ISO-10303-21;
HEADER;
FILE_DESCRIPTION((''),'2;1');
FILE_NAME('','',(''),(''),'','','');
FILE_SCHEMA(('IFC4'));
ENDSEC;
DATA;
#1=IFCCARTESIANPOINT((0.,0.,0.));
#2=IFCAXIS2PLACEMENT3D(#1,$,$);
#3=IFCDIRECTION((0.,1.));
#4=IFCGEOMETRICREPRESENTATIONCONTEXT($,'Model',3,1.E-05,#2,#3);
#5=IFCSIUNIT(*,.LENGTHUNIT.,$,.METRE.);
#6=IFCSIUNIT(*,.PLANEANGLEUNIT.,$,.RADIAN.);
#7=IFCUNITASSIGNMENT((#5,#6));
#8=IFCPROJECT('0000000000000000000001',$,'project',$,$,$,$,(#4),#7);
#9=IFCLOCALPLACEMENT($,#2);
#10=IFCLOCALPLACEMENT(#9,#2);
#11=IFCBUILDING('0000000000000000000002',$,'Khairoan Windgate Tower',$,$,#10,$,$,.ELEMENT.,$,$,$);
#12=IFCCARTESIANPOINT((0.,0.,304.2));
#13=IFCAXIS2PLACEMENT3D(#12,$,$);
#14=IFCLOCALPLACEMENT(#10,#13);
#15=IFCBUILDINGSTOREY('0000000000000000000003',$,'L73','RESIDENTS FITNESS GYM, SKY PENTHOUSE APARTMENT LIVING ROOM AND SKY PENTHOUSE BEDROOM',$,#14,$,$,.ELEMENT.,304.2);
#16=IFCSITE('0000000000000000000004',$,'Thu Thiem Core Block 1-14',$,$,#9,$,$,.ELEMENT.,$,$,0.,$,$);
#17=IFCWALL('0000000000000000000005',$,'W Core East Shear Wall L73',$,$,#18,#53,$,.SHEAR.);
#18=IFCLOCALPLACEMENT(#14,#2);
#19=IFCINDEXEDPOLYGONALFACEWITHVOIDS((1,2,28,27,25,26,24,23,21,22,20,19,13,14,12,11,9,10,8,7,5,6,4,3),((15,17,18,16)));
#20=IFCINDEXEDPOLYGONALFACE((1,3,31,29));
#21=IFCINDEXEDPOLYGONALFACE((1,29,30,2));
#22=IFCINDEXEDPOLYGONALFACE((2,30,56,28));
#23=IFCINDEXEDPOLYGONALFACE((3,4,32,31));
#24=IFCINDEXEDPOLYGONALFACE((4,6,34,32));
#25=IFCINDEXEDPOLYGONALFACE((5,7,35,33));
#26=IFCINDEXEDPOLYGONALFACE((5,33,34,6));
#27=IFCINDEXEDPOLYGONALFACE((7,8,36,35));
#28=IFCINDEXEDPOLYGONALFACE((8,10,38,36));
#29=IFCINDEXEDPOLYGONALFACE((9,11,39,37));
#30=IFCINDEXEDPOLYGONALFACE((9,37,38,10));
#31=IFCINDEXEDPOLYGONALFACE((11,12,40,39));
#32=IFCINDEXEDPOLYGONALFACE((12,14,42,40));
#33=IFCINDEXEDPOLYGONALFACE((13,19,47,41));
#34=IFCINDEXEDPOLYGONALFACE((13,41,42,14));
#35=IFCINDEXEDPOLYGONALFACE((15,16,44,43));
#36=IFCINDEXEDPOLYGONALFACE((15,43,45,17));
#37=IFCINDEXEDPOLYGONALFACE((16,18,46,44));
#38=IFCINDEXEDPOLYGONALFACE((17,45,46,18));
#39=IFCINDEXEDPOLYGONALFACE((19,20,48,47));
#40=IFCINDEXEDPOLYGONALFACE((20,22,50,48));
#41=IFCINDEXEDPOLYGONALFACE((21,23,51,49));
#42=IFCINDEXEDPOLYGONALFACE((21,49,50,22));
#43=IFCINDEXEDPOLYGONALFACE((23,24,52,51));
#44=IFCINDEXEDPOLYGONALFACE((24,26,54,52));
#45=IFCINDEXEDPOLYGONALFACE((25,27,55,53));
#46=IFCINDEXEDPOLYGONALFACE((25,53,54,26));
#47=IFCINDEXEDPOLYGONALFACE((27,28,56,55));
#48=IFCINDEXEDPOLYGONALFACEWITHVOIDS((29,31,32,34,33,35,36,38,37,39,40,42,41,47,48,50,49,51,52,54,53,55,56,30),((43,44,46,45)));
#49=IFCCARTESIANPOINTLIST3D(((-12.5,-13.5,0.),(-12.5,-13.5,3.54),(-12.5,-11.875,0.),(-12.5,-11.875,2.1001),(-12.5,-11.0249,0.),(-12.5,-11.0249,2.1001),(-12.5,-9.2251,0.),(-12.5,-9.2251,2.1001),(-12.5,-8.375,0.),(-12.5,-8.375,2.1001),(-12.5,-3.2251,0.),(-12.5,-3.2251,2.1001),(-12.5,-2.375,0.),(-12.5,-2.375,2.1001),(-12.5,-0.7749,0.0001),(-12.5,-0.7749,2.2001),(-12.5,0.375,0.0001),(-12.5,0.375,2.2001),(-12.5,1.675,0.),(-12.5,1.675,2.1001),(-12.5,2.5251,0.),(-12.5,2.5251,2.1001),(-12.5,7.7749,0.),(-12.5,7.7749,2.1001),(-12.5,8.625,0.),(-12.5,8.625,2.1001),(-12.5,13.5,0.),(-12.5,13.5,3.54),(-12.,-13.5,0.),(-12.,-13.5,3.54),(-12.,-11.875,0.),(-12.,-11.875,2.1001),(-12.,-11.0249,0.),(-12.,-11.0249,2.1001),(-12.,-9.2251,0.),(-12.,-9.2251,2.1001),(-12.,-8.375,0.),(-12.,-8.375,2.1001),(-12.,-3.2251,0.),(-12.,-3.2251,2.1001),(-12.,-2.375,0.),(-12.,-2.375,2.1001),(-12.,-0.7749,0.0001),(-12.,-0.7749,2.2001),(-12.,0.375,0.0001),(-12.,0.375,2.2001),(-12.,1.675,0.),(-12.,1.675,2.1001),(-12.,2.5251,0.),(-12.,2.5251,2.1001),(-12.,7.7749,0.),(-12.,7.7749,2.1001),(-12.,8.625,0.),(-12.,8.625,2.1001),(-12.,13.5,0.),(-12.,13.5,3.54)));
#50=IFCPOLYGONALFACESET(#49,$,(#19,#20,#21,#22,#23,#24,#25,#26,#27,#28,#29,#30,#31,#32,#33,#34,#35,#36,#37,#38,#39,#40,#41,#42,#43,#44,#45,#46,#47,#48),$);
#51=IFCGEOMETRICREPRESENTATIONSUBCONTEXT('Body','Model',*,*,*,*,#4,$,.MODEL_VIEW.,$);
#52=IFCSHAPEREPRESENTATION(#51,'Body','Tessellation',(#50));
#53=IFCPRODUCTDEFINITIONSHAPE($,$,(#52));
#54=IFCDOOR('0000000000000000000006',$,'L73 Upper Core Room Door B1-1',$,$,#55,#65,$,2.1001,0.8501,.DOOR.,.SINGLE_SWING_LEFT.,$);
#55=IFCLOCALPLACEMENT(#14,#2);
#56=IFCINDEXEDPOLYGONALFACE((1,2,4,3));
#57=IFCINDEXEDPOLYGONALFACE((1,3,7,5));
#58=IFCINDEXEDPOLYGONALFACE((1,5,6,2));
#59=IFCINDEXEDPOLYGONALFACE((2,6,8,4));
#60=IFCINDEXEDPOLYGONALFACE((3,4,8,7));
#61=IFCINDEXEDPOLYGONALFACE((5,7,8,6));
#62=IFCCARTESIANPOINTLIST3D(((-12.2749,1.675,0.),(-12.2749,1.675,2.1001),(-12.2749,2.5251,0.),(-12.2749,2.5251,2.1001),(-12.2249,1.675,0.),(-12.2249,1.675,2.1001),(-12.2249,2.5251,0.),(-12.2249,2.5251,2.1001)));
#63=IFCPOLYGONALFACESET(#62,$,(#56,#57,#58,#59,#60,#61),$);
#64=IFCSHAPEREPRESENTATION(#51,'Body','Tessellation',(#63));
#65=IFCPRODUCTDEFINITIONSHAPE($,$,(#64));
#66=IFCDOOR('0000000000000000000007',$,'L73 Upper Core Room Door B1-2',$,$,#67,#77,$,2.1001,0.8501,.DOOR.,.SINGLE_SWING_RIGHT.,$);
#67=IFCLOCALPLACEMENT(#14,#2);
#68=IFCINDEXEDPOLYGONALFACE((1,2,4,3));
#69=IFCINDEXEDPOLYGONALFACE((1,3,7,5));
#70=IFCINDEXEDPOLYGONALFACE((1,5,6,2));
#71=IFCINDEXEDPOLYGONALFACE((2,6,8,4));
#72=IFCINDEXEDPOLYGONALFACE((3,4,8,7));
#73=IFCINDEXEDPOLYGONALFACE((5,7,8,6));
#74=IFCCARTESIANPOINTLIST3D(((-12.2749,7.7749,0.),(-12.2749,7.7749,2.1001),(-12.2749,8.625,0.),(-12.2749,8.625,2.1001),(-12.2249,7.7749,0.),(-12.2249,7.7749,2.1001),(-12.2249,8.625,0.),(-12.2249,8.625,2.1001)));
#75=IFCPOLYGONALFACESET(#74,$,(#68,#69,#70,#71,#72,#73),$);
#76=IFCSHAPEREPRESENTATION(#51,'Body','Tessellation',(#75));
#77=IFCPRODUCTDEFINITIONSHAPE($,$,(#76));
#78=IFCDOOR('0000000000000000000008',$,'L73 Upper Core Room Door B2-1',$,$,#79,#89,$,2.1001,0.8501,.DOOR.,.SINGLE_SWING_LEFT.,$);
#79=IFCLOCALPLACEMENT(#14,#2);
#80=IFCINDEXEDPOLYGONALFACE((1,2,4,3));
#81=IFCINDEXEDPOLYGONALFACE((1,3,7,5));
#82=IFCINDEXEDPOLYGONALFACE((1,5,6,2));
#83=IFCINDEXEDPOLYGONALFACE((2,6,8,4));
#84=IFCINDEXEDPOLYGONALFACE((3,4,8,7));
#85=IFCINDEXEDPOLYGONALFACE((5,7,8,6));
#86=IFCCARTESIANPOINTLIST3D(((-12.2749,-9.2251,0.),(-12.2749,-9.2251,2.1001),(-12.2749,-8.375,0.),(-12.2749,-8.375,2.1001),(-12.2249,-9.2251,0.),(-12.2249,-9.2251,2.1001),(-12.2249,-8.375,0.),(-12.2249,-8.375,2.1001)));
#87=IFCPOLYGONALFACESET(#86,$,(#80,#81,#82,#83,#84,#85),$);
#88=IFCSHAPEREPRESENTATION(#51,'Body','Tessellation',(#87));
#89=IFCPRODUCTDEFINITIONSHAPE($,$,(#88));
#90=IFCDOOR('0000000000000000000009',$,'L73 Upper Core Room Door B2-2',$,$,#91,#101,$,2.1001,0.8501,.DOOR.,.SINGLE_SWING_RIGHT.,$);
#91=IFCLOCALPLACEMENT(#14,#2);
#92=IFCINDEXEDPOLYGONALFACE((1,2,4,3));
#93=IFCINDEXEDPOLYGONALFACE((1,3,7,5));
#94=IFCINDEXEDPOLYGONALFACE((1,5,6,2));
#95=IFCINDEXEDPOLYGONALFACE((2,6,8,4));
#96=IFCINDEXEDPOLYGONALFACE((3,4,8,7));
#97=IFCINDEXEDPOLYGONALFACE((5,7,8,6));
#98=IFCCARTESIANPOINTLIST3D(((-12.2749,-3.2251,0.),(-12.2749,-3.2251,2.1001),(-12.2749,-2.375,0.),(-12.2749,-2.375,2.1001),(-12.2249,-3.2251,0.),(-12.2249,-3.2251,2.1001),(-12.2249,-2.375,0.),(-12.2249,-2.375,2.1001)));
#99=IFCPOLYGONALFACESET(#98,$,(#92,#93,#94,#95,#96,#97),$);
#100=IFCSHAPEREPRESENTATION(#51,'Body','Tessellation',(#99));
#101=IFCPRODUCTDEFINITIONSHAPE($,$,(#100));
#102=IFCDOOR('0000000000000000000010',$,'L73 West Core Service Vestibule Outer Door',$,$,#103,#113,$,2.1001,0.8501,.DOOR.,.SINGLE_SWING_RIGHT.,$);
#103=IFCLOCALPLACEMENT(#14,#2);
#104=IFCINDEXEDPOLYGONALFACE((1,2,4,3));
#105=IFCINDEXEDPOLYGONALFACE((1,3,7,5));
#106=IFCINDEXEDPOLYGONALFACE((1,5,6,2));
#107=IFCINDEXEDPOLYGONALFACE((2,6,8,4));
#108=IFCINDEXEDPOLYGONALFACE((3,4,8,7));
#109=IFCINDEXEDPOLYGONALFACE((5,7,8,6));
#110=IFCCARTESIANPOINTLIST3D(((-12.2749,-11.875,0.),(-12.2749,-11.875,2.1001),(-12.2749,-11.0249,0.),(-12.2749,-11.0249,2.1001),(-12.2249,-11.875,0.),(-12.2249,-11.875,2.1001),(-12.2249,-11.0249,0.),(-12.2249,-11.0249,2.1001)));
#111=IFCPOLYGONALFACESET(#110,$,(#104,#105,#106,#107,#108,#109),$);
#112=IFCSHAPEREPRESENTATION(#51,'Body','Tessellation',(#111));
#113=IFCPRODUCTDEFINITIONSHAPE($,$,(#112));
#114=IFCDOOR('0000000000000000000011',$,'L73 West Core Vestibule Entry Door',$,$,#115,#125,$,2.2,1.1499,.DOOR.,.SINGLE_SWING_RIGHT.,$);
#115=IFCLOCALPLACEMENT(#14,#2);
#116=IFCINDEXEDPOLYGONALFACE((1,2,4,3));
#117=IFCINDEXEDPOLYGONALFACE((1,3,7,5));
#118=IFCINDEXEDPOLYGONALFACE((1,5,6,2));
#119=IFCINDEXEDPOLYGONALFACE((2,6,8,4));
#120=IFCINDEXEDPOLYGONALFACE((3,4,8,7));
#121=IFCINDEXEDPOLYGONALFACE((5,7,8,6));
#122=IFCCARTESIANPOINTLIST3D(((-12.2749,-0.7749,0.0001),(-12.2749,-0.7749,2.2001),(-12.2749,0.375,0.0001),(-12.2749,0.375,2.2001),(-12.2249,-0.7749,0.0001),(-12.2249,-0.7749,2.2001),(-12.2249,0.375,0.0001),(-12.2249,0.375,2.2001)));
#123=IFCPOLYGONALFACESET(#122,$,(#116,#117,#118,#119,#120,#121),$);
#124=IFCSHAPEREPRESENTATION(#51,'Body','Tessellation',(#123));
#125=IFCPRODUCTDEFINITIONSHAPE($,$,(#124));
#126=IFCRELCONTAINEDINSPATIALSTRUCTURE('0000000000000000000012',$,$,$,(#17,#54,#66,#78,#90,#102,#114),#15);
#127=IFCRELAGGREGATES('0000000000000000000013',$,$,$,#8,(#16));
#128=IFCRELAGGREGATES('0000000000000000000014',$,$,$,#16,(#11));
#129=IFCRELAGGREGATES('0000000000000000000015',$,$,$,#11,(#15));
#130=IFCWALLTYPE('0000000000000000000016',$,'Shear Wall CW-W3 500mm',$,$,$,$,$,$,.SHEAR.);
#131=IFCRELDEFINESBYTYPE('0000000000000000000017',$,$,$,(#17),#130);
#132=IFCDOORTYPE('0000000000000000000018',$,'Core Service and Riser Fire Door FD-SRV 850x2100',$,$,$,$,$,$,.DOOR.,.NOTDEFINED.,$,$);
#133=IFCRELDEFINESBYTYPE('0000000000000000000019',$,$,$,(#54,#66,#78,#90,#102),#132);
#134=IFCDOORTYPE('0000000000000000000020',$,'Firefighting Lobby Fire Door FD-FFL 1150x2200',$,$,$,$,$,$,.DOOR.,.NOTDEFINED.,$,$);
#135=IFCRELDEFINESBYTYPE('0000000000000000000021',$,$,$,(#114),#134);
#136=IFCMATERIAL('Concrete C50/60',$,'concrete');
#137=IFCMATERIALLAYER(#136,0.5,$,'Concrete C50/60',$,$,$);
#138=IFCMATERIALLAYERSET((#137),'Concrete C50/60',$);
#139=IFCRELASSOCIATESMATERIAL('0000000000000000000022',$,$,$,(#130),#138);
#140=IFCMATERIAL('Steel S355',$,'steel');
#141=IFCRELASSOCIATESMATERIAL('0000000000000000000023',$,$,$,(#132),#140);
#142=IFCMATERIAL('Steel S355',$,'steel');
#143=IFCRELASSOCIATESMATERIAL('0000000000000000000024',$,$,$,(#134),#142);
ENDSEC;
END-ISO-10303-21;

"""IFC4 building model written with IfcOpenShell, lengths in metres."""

from ifc_helpers import new_model, si_unit, direction, frame, frame_2d, origin, place, context, subcontext, project, spatial, rectangle, extrude, material, layer, layer_set, type_object, element, fill, save


model = new_model("IFC4")

# Units and contexts
model_context = context("Model", 3, precision=1e-05, world=origin(), true_north=direction((0.0, 1.0)))
body_context = subcontext(model_context, "Body", "Model", "MODEL_VIEW")
ifc_project = project(units=[si_unit("LENGTHUNIT", "METRE"), si_unit("PLANEANGLEUNIT", "RADIAN")], contexts=[model_context])

# Site, building, storey
site_placement = place(None, origin())
site = spatial("IfcSite", under=ifc_project, at=site_placement, Name="Thu Thiem Core Block 1-14", CompositionType="ELEMENT", RefElevation=0.0)
building_placement = place(site_placement, origin())
building = spatial("IfcBuilding", under=site, at=building_placement, Name="Khairoan Windgate Tower", CompositionType="ELEMENT")
storey_placement = place(building_placement, frame((0.0, 0.0, 304.2)))
storey = spatial("IfcBuildingStorey", under=building, at=storey_placement, Name="L73", Description="RESIDENTS FITNESS GYM, SKY PENTHOUSE APARTMENT LIVING ROOM AND SKY PENTHOUSE BEDROOM", CompositionType="ELEMENT", Elevation=304.2)

# Wall, openings, doors
ifc_material_1 = material(Name="Concrete C50/60", Category="concrete")
ifc_layer_1 = layer(ifc_material_1, 0.5, Name="Concrete C50/60")
ifc_layer_set_1 = layer_set([ifc_layer_1], Name="Concrete C50/60")
wall_type_1 = type_object("IfcWallType", Name="Shear Wall CW-W3 500mm", PredefinedType="SHEAR", material=ifc_layer_set_1)
wall_1_placement = place(storey_placement, frame((-12.25, -13.5, 0.0), z_axis=(0.0, 0.0, 1.0), x_axis=(0.0, 1.0, 0.0)))
wall_1 = element("IfcWall", 1, at=wall_1_placement, inside=storey, type_object=wall_type_1, Name="W Core East Shear Wall L73", PredefinedType="SHEAR", context=body_context, shape_type="SweptSolid", body=[
    extrude(rectangle(XDim=27.0, YDim=0.5, at=frame_2d((13.5, 0.0))), origin(), (0.0, 0.0, 1.0), 3.54),
])
opening_1_placement = place(wall_1_placement, frame((15.175, 0.0, 0.0)))
opening_1 = element("IfcOpeningElement", 2, at=opening_1_placement, cuts=wall_1, PredefinedType="OPENING", context=body_context, shape_type="SweptSolid", body=[
    extrude(rectangle(XDim=0.8501, YDim=2.1001, at=frame_2d((0.425, 1.05))), frame((0.0, 0.26, 0.0), z_axis=(0.0, -1.0, 0.0), x_axis=(1.0, 0.0, 0.0)), (0.0, 0.0, 1.0), 0.52),
])
opening_2_placement = place(wall_1_placement, frame((21.2749, 0.0, 0.0)))
opening_2 = element("IfcOpeningElement", 3, at=opening_2_placement, cuts=wall_1, PredefinedType="OPENING", context=body_context, shape_type="SweptSolid", body=[
    extrude(rectangle(XDim=0.8501, YDim=2.1001, at=frame_2d((0.425, 1.05))), frame((0.0, 0.26, 0.0), z_axis=(0.0, -1.0, 0.0), x_axis=(1.0, 0.0, 0.0)), (0.0, 0.0, 1.0), 0.52),
])
opening_3_placement = place(wall_1_placement, frame((4.2749, 0.0, 0.0)))
opening_3 = element("IfcOpeningElement", 4, at=opening_3_placement, cuts=wall_1, PredefinedType="OPENING", context=body_context, shape_type="SweptSolid", body=[
    extrude(rectangle(XDim=0.8501, YDim=2.1001, at=frame_2d((0.425, 1.05))), frame((0.0, 0.26, 0.0), z_axis=(0.0, -1.0, 0.0), x_axis=(1.0, 0.0, 0.0)), (0.0, 0.0, 1.0), 0.52),
])
opening_4_placement = place(wall_1_placement, frame((10.2749, 0.0, 0.0)))
opening_4 = element("IfcOpeningElement", 5, at=opening_4_placement, cuts=wall_1, PredefinedType="OPENING", context=body_context, shape_type="SweptSolid", body=[
    extrude(rectangle(XDim=0.8501, YDim=2.1001, at=frame_2d((0.425, 1.05))), frame((0.0, 0.26, 0.0), z_axis=(0.0, -1.0, 0.0), x_axis=(1.0, 0.0, 0.0)), (0.0, 0.0, 1.0), 0.52),
])
opening_5_placement = place(wall_1_placement, frame((12.7251, 0.0, 0.0)))
opening_5 = element("IfcOpeningElement", 6, at=opening_5_placement, cuts=wall_1, PredefinedType="OPENING", context=body_context, shape_type="SweptSolid", body=[
    extrude(rectangle(XDim=1.1499, YDim=2.2, at=frame_2d((0.575, 1.1001))), frame((0.0, 0.26, 0.0), z_axis=(0.0, -1.0, 0.0), x_axis=(1.0, 0.0, 0.0)), (0.0, 0.0, 1.0), 0.52),
])
opening_6_placement = place(wall_1_placement, frame((1.625, 0.0, 0.0)))
opening_6 = element("IfcOpeningElement", 7, at=opening_6_placement, cuts=wall_1, PredefinedType="OPENING", context=body_context, shape_type="SweptSolid", body=[
    extrude(rectangle(XDim=0.8501, YDim=2.1001, at=frame_2d((0.425, 1.05))), frame((0.0, 0.26, 0.0), z_axis=(0.0, -1.0, 0.0), x_axis=(1.0, 0.0, 0.0)), (0.0, 0.0, 1.0), 0.52),
])
ifc_material_2 = material(Name="Steel S355", Category="steel")
door_type_1 = type_object("IfcDoorType", Name="Core Service and Riser Fire Door FD-SRV 850x2100", OperationType="NOTDEFINED", PredefinedType="DOOR", material=ifc_material_2)
door_1_placement = place(opening_1_placement, origin())
door_1 = element("IfcDoor", 8, at=door_1_placement, inside=storey, type_object=door_type_1, Name="L73 Upper Core Room Door B1-1", OperationType="SINGLE_SWING_LEFT", OverallHeight=2.1001, OverallWidth=0.8501, PredefinedType="DOOR", context=body_context, shape_type="SweptSolid", body=[
    extrude(rectangle(XDim=0.8501, YDim=2.1001, at=frame_2d((0.425, 1.05))), frame((0.0, 0.0249, 0.0), z_axis=(0.0, -1.0, 0.0), x_axis=(1.0, 0.0, 0.0)), (0.0, 0.0, 1.0), 0.05),
])
fill(opening_1, door_1)
door_2_placement = place(opening_2_placement, origin())
door_2 = element("IfcDoor", 9, at=door_2_placement, inside=storey, type_object=door_type_1, Name="L73 Upper Core Room Door B1-2", OperationType="SINGLE_SWING_RIGHT", OverallHeight=2.1001, OverallWidth=0.8501, PredefinedType="DOOR", context=body_context, shape_type="SweptSolid", body=[
    extrude(rectangle(XDim=0.8501, YDim=2.1001, at=frame_2d((0.425, 1.05))), frame((0.0, 0.0249, 0.0), z_axis=(0.0, -1.0, 0.0), x_axis=(1.0, 0.0, 0.0)), (0.0, 0.0, 1.0), 0.05),
])
fill(opening_2, door_2)
door_3_placement = place(opening_3_placement, origin())
door_3 = element("IfcDoor", 10, at=door_3_placement, inside=storey, type_object=door_type_1, Name="L73 Upper Core Room Door B2-1", OperationType="SINGLE_SWING_LEFT", OverallHeight=2.1001, OverallWidth=0.8501, PredefinedType="DOOR", context=body_context, shape_type="SweptSolid", body=[
    extrude(rectangle(XDim=0.8501, YDim=2.1001, at=frame_2d((0.425, 1.05))), frame((0.0, 0.0249, 0.0), z_axis=(0.0, -1.0, 0.0), x_axis=(1.0, 0.0, 0.0)), (0.0, 0.0, 1.0), 0.05),
])
fill(opening_3, door_3)
door_4_placement = place(opening_4_placement, origin())
door_4 = element("IfcDoor", 11, at=door_4_placement, inside=storey, type_object=door_type_1, Name="L73 Upper Core Room Door B2-2", OperationType="SINGLE_SWING_RIGHT", OverallHeight=2.1001, OverallWidth=0.8501, PredefinedType="DOOR", context=body_context, shape_type="SweptSolid", body=[
    extrude(rectangle(XDim=0.8501, YDim=2.1001, at=frame_2d((0.425, 1.05))), frame((0.0, 0.0249, 0.0), z_axis=(0.0, -1.0, 0.0), x_axis=(1.0, 0.0, 0.0)), (0.0, 0.0, 1.0), 0.05),
])
fill(opening_4, door_4)
door_5_placement = place(opening_6_placement, origin())
door_5 = element("IfcDoor", 12, at=door_5_placement, inside=storey, type_object=door_type_1, Name="L73 West Core Service Vestibule Outer Door", OperationType="SINGLE_SWING_RIGHT", OverallHeight=2.1001, OverallWidth=0.8501, PredefinedType="DOOR", context=body_context, shape_type="SweptSolid", body=[
    extrude(rectangle(XDim=0.8501, YDim=2.1001, at=frame_2d((0.425, 1.05))), frame((0.0, 0.0249, 0.0), z_axis=(0.0, -1.0, 0.0), x_axis=(1.0, 0.0, 0.0)), (0.0, 0.0, 1.0), 0.05),
])
fill(opening_6, door_5)
ifc_material_3 = material(Name="Steel S355", Category="steel")
door_type_2 = type_object("IfcDoorType", Name="Firefighting Lobby Fire Door FD-FFL 1150x2200", OperationType="NOTDEFINED", PredefinedType="DOOR", material=ifc_material_3)
door_6_placement = place(opening_5_placement, origin())
door_6 = element("IfcDoor", 13, at=door_6_placement, inside=storey, type_object=door_type_2, Name="L73 West Core Vestibule Entry Door", OperationType="SINGLE_SWING_RIGHT", OverallHeight=2.2, OverallWidth=1.1499, PredefinedType="DOOR", context=body_context, shape_type="SweptSolid", body=[
    extrude(rectangle(XDim=1.1499, YDim=2.2, at=frame_2d((0.575, 1.1001))), frame((0.0, 0.0249, 0.0), z_axis=(0.0, -1.0, 0.0), x_axis=(1.0, 0.0, 0.0)), (0.0, 0.0, 1.0), 0.05),
])
fill(opening_5, door_6)

save(model, "model.ifc")
